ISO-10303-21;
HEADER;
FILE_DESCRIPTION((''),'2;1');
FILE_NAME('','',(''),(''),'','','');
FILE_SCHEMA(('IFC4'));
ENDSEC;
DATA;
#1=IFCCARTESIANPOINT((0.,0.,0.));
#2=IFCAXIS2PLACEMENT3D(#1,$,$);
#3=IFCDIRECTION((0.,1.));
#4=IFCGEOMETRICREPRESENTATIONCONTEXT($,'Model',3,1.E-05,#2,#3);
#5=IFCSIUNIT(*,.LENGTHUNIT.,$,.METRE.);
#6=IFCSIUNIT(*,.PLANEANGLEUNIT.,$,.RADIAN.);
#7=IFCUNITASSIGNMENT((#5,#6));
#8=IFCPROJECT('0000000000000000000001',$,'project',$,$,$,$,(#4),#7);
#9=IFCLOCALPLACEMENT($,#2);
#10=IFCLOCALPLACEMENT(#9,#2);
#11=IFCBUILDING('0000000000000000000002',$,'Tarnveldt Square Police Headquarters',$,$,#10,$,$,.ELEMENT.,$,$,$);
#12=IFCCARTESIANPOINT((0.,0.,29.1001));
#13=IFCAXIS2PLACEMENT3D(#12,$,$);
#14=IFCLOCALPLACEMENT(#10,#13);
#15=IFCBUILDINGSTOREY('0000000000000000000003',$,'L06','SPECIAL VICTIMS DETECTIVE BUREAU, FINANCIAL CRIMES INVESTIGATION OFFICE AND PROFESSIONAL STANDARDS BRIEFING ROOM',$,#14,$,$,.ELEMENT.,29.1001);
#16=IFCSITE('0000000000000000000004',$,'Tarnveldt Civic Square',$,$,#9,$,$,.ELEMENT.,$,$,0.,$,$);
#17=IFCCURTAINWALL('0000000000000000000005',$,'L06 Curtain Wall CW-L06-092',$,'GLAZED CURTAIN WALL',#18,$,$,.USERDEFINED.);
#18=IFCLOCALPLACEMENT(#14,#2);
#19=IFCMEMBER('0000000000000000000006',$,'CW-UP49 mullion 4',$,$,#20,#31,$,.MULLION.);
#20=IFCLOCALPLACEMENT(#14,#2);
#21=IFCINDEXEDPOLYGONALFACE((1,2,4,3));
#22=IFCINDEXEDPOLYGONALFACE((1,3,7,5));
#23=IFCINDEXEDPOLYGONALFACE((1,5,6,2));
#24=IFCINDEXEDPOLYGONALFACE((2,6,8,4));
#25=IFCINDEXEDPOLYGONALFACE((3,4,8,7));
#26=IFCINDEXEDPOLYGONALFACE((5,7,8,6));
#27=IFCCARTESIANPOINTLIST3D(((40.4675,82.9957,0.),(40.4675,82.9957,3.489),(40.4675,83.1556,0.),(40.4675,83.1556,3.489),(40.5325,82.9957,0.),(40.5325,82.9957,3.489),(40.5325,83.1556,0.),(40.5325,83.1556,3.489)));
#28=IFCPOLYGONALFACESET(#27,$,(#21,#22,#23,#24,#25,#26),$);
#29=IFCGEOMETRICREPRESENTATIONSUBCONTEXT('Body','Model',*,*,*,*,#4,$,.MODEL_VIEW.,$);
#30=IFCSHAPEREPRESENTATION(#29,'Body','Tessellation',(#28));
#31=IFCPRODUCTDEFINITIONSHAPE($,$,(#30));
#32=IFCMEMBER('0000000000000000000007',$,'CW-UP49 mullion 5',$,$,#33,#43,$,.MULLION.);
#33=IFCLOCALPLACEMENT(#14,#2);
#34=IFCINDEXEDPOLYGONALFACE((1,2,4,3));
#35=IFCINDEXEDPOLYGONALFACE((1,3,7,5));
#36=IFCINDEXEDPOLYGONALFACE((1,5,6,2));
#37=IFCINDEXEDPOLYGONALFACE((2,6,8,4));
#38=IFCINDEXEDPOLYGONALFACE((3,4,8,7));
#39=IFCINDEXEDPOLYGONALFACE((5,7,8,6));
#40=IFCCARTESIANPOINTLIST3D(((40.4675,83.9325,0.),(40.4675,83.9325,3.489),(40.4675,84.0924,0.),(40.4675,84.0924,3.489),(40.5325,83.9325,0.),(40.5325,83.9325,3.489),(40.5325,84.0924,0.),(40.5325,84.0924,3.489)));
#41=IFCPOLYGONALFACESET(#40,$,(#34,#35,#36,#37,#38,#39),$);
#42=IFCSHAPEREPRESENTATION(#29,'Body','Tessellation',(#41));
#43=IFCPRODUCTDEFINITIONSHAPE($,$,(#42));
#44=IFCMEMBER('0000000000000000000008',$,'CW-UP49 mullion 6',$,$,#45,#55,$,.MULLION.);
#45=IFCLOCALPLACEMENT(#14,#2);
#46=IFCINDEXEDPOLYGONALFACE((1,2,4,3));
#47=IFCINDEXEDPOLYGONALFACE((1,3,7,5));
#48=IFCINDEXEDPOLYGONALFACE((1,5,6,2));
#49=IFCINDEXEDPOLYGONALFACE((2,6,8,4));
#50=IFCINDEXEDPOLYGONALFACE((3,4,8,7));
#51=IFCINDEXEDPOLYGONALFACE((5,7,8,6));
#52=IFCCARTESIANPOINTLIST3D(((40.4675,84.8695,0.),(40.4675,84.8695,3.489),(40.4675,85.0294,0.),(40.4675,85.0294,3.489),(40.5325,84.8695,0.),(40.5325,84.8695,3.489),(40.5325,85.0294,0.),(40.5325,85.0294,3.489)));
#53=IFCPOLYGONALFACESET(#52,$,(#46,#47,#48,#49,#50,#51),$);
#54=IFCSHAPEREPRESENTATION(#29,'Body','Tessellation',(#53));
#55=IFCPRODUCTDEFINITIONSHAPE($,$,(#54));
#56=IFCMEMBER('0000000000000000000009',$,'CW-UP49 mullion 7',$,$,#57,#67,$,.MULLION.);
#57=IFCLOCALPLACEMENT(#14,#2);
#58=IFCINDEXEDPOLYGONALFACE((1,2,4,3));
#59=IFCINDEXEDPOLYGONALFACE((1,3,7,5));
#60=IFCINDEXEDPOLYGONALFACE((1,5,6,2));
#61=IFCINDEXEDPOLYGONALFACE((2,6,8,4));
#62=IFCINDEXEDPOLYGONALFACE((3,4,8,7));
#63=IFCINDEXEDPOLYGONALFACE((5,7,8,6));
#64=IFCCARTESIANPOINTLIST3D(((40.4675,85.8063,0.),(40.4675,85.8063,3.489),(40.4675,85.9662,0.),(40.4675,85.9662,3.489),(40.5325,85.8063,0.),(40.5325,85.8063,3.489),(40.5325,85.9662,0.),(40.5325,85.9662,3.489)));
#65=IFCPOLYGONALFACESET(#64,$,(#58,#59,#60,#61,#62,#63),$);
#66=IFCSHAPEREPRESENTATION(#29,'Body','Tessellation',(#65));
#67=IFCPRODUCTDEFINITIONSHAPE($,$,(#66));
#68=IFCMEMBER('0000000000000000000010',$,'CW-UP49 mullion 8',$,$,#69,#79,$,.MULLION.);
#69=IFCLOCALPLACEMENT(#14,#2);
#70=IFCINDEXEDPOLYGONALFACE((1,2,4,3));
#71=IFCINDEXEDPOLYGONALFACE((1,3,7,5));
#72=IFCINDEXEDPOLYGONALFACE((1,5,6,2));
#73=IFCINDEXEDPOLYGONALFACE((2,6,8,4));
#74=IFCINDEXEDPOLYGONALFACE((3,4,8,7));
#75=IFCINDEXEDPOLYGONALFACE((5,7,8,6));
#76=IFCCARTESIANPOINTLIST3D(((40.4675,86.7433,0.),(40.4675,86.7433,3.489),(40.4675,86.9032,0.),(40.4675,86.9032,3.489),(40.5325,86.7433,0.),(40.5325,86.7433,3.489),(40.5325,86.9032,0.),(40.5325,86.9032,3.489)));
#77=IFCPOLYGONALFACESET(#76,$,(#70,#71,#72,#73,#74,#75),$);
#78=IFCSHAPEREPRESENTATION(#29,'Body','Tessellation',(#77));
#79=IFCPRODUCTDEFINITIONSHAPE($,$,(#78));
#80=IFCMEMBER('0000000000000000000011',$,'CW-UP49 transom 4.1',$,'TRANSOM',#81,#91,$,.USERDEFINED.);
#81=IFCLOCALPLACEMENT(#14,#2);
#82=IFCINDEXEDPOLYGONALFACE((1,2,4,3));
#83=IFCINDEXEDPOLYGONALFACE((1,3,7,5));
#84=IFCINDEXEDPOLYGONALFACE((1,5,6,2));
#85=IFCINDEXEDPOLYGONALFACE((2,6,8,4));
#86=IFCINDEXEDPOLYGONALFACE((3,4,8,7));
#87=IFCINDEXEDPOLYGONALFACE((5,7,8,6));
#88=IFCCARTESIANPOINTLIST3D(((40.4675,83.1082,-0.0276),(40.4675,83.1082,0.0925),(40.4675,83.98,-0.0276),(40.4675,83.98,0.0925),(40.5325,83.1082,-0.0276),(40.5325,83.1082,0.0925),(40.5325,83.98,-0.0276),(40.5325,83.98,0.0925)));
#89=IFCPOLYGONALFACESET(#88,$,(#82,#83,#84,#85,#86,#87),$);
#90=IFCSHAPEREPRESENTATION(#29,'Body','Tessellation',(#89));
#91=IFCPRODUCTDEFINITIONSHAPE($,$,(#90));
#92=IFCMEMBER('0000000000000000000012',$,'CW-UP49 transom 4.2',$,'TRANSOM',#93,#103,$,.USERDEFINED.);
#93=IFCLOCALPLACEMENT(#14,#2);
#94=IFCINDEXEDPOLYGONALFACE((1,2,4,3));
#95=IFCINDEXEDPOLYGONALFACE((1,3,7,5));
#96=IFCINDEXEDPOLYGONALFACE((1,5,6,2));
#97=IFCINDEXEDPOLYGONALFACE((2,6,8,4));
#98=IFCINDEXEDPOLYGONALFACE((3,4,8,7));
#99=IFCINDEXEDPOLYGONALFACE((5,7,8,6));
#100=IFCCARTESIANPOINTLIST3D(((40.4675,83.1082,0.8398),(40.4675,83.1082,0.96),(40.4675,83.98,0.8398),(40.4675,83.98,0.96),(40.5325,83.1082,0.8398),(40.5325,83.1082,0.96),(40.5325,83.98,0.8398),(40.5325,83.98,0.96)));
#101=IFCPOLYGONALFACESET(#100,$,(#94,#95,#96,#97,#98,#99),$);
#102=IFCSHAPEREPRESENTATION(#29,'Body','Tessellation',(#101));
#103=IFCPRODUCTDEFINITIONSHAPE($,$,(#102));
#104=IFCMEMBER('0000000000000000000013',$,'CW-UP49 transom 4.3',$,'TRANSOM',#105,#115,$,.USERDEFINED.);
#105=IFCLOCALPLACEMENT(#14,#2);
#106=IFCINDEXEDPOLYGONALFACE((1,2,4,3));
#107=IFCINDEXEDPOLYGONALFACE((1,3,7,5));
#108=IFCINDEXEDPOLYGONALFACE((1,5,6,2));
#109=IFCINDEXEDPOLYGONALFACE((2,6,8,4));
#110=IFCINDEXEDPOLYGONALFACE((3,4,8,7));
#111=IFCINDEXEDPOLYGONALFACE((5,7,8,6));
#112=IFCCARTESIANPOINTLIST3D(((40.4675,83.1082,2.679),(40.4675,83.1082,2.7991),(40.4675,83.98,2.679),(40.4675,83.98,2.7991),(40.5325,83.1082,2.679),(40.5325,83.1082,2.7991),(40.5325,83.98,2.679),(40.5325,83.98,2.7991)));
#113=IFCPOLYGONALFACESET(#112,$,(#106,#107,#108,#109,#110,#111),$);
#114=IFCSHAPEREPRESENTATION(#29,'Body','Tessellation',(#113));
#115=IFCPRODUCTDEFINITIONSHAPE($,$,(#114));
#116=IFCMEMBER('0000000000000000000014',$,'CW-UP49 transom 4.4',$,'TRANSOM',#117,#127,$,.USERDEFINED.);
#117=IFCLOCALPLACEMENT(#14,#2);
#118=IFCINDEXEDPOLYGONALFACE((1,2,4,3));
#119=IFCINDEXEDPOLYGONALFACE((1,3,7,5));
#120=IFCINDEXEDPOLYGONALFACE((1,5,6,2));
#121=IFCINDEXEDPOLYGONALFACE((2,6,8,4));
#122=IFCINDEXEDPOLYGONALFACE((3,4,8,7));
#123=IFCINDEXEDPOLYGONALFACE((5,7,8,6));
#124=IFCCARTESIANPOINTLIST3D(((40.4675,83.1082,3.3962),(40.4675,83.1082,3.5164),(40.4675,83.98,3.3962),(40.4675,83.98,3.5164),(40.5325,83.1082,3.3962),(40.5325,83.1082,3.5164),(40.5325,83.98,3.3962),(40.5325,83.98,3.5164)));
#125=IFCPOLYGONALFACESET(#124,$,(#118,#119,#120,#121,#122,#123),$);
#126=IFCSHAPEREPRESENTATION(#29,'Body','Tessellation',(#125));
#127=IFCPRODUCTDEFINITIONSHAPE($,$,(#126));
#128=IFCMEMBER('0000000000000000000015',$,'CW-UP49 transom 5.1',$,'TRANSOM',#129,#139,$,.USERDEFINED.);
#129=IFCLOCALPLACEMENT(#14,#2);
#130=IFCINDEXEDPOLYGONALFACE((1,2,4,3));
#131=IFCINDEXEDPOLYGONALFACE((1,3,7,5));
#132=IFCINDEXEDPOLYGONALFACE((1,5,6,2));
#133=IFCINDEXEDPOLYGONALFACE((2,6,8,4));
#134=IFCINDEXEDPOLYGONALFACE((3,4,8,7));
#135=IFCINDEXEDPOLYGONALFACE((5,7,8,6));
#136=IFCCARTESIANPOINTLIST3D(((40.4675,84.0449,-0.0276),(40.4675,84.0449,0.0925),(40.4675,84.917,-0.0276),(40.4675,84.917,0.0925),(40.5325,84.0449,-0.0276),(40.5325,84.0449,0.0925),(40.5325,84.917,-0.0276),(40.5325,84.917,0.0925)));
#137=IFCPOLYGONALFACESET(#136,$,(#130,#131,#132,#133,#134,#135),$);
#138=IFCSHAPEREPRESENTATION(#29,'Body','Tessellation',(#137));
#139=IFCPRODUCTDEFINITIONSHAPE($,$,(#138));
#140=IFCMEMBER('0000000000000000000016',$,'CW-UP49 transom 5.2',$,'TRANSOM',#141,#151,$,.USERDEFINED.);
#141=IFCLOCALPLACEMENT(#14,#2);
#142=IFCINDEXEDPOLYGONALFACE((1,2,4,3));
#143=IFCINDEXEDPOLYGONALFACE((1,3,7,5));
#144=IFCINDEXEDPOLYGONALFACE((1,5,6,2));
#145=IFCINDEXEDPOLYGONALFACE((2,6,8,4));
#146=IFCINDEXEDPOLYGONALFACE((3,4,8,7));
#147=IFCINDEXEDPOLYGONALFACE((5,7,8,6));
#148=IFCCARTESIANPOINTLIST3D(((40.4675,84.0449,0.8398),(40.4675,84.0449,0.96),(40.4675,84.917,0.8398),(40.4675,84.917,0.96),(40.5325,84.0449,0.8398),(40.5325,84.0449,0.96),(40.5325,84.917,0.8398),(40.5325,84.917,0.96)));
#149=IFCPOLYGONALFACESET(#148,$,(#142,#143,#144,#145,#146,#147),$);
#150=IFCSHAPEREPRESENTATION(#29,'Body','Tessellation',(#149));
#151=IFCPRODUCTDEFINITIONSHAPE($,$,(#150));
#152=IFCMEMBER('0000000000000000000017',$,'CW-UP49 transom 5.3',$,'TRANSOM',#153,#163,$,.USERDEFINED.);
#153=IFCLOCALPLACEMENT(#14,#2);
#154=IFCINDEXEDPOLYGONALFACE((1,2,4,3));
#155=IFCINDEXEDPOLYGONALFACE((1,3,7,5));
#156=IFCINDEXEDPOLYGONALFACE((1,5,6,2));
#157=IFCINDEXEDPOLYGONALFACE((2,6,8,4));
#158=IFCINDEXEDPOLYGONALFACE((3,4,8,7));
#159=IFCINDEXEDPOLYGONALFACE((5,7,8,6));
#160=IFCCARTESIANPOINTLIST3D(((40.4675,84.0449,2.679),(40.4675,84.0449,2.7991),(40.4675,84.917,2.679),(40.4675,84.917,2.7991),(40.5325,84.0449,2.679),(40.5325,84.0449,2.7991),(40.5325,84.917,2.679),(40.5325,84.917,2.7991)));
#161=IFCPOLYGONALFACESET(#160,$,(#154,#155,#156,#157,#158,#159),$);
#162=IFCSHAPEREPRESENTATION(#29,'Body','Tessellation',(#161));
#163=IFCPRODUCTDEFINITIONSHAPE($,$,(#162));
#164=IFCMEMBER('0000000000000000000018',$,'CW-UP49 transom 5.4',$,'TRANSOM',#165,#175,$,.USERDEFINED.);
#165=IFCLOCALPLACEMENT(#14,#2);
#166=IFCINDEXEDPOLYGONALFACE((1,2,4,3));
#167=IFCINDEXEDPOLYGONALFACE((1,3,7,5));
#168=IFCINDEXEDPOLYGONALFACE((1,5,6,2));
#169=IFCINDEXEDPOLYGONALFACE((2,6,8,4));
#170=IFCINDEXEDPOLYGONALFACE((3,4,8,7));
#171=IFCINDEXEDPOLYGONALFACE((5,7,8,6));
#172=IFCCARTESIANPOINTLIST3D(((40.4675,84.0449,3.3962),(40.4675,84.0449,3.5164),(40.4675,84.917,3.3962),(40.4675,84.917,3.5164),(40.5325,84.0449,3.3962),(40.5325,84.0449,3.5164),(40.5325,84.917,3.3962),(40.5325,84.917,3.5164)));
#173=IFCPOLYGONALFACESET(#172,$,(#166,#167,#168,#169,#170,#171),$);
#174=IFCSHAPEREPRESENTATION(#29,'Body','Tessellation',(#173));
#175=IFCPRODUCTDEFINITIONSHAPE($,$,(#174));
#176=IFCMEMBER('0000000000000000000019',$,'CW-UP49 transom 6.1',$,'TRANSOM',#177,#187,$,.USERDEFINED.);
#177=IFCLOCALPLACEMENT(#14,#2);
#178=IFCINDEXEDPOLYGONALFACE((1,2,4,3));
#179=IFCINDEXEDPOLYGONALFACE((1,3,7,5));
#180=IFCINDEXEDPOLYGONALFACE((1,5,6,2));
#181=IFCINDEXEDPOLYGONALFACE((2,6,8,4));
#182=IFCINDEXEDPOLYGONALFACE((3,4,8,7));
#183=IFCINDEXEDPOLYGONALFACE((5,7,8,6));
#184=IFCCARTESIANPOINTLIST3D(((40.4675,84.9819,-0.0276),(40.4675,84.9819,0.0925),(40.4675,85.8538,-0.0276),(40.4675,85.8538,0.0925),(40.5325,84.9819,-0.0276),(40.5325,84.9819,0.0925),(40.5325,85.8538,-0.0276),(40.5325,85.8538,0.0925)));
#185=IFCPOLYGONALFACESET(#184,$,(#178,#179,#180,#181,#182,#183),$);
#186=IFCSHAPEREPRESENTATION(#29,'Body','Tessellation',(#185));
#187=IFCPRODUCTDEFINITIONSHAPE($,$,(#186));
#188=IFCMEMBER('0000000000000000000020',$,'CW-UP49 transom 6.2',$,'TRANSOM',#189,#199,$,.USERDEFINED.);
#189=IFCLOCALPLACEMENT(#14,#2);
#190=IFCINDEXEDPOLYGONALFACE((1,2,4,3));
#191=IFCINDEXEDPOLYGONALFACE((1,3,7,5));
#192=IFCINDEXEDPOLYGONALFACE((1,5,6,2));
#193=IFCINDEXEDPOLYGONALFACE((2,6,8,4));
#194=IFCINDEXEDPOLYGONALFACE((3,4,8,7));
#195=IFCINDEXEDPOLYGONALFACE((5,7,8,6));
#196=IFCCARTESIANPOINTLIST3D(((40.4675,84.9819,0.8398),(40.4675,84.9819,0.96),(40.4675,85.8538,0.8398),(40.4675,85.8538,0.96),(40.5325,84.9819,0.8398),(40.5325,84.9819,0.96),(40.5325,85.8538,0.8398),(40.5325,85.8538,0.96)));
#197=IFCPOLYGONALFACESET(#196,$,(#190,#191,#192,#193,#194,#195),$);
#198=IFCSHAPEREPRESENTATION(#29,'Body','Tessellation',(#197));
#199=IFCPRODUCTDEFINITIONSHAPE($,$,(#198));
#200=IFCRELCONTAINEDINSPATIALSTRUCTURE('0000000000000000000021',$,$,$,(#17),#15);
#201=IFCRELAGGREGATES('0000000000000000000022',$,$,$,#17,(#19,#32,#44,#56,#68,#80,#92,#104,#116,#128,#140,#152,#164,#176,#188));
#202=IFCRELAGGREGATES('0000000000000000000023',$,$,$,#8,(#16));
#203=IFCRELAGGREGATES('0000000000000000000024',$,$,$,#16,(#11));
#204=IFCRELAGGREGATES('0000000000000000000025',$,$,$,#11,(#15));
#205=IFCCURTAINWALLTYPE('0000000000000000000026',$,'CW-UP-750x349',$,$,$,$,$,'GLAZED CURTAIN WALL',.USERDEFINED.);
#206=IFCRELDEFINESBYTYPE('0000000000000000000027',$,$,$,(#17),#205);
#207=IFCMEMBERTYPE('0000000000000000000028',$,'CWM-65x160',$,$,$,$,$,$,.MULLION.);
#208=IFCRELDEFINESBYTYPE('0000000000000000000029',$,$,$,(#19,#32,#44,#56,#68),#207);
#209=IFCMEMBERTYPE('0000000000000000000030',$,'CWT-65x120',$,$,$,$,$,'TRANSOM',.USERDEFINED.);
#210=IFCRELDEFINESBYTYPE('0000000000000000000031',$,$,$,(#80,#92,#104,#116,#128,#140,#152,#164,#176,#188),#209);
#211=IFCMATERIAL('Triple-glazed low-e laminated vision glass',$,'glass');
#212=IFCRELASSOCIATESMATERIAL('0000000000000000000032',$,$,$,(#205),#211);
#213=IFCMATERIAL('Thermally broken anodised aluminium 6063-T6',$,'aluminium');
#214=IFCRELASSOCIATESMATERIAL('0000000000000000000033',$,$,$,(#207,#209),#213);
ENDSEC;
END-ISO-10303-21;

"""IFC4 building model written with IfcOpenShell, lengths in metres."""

from ifc_helpers import new_model, si_unit, direction, frame, origin, origin_2d, place, context, subcontext, project, spatial, rectangle, extrude, material, material_profile, profile_set, type_object, element, aggregate, save


model = new_model("IFC4")

# Units and contexts
model_context = context("Model", 3, precision=1e-05, world=origin(), true_north=direction((0.0, 1.0)))
body_context = subcontext(model_context, "Body", "Model", "MODEL_VIEW")
ifc_project = project(units=[si_unit("LENGTHUNIT", "METRE"), si_unit("PLANEANGLEUNIT", "RADIAN")], contexts=[model_context])

# Site, building, storey
site_placement = place(None, origin())
site = spatial("IfcSite", under=ifc_project, at=site_placement, Name="Tarnveldt Civic Square", CompositionType="ELEMENT", RefElevation=0.0)
building_placement = place(site_placement, origin())
building = spatial("IfcBuilding", under=site, at=building_placement, Name="Tarnveldt Square Police Headquarters", CompositionType="ELEMENT")
storey_placement = place(building_placement, frame((0.0, 0.0, 29.1001)))
storey = spatial("IfcBuildingStorey", under=building, at=storey_placement, Name="L06", Description="SPECIAL VICTIMS DETECTIVE BUREAU, FINANCIAL CRIMES INVESTIGATION OFFICE AND PROFESSIONAL STANDARDS BRIEFING ROOM", CompositionType="ELEMENT", Elevation=29.1001)

# Curtain wall, members
ifc_material_1 = material(Name="Triple-glazed low-e laminated vision glass", Category="glass")
curtain_wall_type = type_object("IfcCurtainWallType", Name="CW-UP-750x349", ElementType="GLAZED CURTAIN WALL", PredefinedType="USERDEFINED", material=ifc_material_1)
curtain_wall_placement = place(storey_placement, origin())
curtain_wall = element("IfcCurtainWall", 1, at=curtain_wall_placement, inside=storey, type_object=curtain_wall_type, Name="L06 Curtain Wall CW-L06-092", ObjectType="GLAZED CURTAIN WALL", PredefinedType="USERDEFINED")
ifc_material_2 = material(Name="Thermally broken anodised aluminium 6063-T6", Category="aluminium")
ifc_material_profile_1 = material_profile(ifc_material_2, rectangle(XDim=0.0649, YDim=0.1599, at=origin_2d()), Name="CW-M65x160")
ifc_profile_set_1 = profile_set([ifc_material_profile_1], Name="Thermally broken anodised aluminium 6063-T6")
member_type_1 = type_object("IfcMemberType", Name="CWM-65x160", PredefinedType="MULLION", material=ifc_profile_set_1)
member_1_placement = place(storey_placement, frame((40.5, 83.0757, 0.0), z_axis=(0.0, 0.0, 1.0), x_axis=(-1.0, 0.0, 0.0)))
member_1 = element("IfcMember", 2, at=member_1_placement, type_object=member_type_1, Name="CW-UP49 mullion 4", PredefinedType="MULLION", context=body_context, shape_type="SweptSolid", body=[
    extrude(rectangle(XDim=0.0649, YDim=0.1599, at=origin_2d()), origin(), (0.0, 0.0, 1.0), 3.489),
])
member_2_placement = place(storey_placement, frame((40.5, 84.0125, 0.0), z_axis=(0.0, 0.0, 1.0), x_axis=(-1.0, 0.0, 0.0)))
member_2 = element("IfcMember", 3, at=member_2_placement, type_object=member_type_1, Name="CW-UP49 mullion 5", PredefinedType="MULLION", context=body_context, shape_type="SweptSolid", body=[
    extrude(rectangle(XDim=0.0649, YDim=0.1599, at=origin_2d()), origin(), (0.0, 0.0, 1.0), 3.489),
])
member_3_placement = place(storey_placement, frame((40.5, 84.9495, 0.0), z_axis=(0.0, 0.0, 1.0), x_axis=(-1.0, 0.0, 0.0)))
member_3 = element("IfcMember", 4, at=member_3_placement, type_object=member_type_1, Name="CW-UP49 mullion 6", PredefinedType="MULLION", context=body_context, shape_type="SweptSolid", body=[
    extrude(rectangle(XDim=0.0649, YDim=0.1599, at=origin_2d()), origin(), (0.0, 0.0, 1.0), 3.489),
])
member_4_placement = place(storey_placement, frame((40.5, 85.8862, 0.0), z_axis=(0.0, 0.0, 1.0), x_axis=(-1.0, 0.0, 0.0)))
member_4 = element("IfcMember", 5, at=member_4_placement, type_object=member_type_1, Name="CW-UP49 mullion 7", PredefinedType="MULLION", context=body_context, shape_type="SweptSolid", body=[
    extrude(rectangle(XDim=0.0649, YDim=0.1599, at=origin_2d()), origin(), (0.0, 0.0, 1.0), 3.489),
])
member_5_placement = place(storey_placement, frame((40.5, 86.8232, 0.0), z_axis=(0.0, 0.0, 1.0), x_axis=(-1.0, 0.0, 0.0)))
member_5 = element("IfcMember", 6, at=member_5_placement, type_object=member_type_1, Name="CW-UP49 mullion 8", PredefinedType="MULLION", context=body_context, shape_type="SweptSolid", body=[
    extrude(rectangle(XDim=0.0649, YDim=0.1599, at=origin_2d()), origin(), (0.0, 0.0, 1.0), 3.489),
])
ifc_material_profile_2 = material_profile(ifc_material_2, rectangle(XDim=0.0649, YDim=0.1201, at=origin_2d()), Name="CW-T65x120")
ifc_profile_set_2 = profile_set([ifc_material_profile_2], Name="Thermally broken anodised aluminium 6063-T6")
member_type_2 = type_object("IfcMemberType", Name="CWT-65x120", ElementType="TRANSOM", PredefinedType="USERDEFINED", material=ifc_profile_set_2)
member_6_placement = place(storey_placement, frame((40.5, 83.1082, 0.0325), z_axis=(0.0, 1.0, 0.0), x_axis=(-1.0, 0.0, 0.0)))
member_6 = element("IfcMember", 7, at=member_6_placement, type_object=member_type_2, Name="CW-UP49 transom 4.1", ObjectType="TRANSOM", PredefinedType="USERDEFINED", context=body_context, shape_type="SweptSolid", body=[
    extrude(rectangle(XDim=0.0649, YDim=0.1201, at=origin_2d()), origin(), (0.0, 0.0, 1.0), 0.8718),
])
member_7_placement = place(storey_placement, frame((40.5, 83.1082, 0.8999), z_axis=(0.0, 1.0, 0.0), x_axis=(-1.0, 0.0, 0.0)))
member_7 = element("IfcMember", 8, at=member_7_placement, type_object=member_type_2, Name="CW-UP49 transom 4.2", ObjectType="TRANSOM", PredefinedType="USERDEFINED", context=body_context, shape_type="SweptSolid", body=[
    extrude(rectangle(XDim=0.0649, YDim=0.1201, at=origin_2d()), origin(), (0.0, 0.0, 1.0), 0.8718),
])
member_8_placement = place(storey_placement, frame((40.5, 83.1082, 2.739), z_axis=(0.0, 1.0, 0.0), x_axis=(-1.0, 0.0, 0.0)))
member_8 = element("IfcMember", 9, at=member_8_placement, type_object=member_type_2, Name="CW-UP49 transom 4.3", ObjectType="TRANSOM", PredefinedType="USERDEFINED", context=body_context, shape_type="SweptSolid", body=[
    extrude(rectangle(XDim=0.0649, YDim=0.1201, at=origin_2d()), origin(), (0.0, 0.0, 1.0), 0.8718),
])
member_9_placement = place(storey_placement, frame((40.5, 83.1082, 3.4563), z_axis=(0.0, 1.0, 0.0), x_axis=(-1.0, 0.0, 0.0)))
member_9 = element("IfcMember", 10, at=member_9_placement, type_object=member_type_2, Name="CW-UP49 transom 4.4", ObjectType="TRANSOM", PredefinedType="USERDEFINED", context=body_context, shape_type="SweptSolid", body=[
    extrude(rectangle(XDim=0.0649, YDim=0.1201, at=origin_2d()), origin(), (0.0, 0.0, 1.0), 0.8718),
])
member_10_placement = place(storey_placement, frame((40.5, 84.0449, 0.0325), z_axis=(0.0, 1.0, 0.0), x_axis=(-1.0, 0.0, 0.0)))
member_10 = element("IfcMember", 11, at=member_10_placement, type_object=member_type_2, Name="CW-UP49 transom 5.1", ObjectType="TRANSOM", PredefinedType="USERDEFINED", context=body_context, shape_type="SweptSolid", body=[
    extrude(rectangle(XDim=0.0649, YDim=0.1201, at=origin_2d()), origin(), (0.0, 0.0, 1.0), 0.8721),
])
member_11_placement = place(storey_placement, frame((40.5, 84.0449, 0.8999), z_axis=(0.0, 1.0, 0.0), x_axis=(-1.0, 0.0, 0.0)))
member_11 = element("IfcMember", 12, at=member_11_placement, type_object=member_type_2, Name="CW-UP49 transom 5.2", ObjectType="TRANSOM", PredefinedType="USERDEFINED", context=body_context, shape_type="SweptSolid", body=[
    extrude(rectangle(XDim=0.0649, YDim=0.1201, at=origin_2d()), origin(), (0.0, 0.0, 1.0), 0.8721),
])
member_12_placement = place(storey_placement, frame((40.5, 84.0449, 2.739), z_axis=(0.0, 1.0, 0.0), x_axis=(-1.0, 0.0, 0.0)))
member_12 = element("IfcMember", 13, at=member_12_placement, type_object=member_type_2, Name="CW-UP49 transom 5.3", ObjectType="TRANSOM", PredefinedType="USERDEFINED", context=body_context, shape_type="SweptSolid", body=[
    extrude(rectangle(XDim=0.0649, YDim=0.1201, at=origin_2d()), origin(), (0.0, 0.0, 1.0), 0.8721),
])
member_13_placement = place(storey_placement, frame((40.5, 84.0449, 3.4563), z_axis=(0.0, 1.0, 0.0), x_axis=(-1.0, 0.0, 0.0)))
member_13 = element("IfcMember", 14, at=member_13_placement, type_object=member_type_2, Name="CW-UP49 transom 5.4", ObjectType="TRANSOM", PredefinedType="USERDEFINED", context=body_context, shape_type="SweptSolid", body=[
    extrude(rectangle(XDim=0.0649, YDim=0.1201, at=origin_2d()), origin(), (0.0, 0.0, 1.0), 0.8721),
])
member_14_placement = place(storey_placement, frame((40.5, 84.9819, 0.0325), z_axis=(0.0, 1.0, 0.0), x_axis=(-1.0, 0.0, 0.0)))
member_14 = element("IfcMember", 15, at=member_14_placement, type_object=member_type_2, Name="CW-UP49 transom 6.1", ObjectType="TRANSOM", PredefinedType="USERDEFINED", context=body_context, shape_type="SweptSolid", body=[
    extrude(rectangle(XDim=0.0649, YDim=0.1201, at=origin_2d()), origin(), (0.0, 0.0, 1.0), 0.8718),
])
member_15_placement = place(storey_placement, frame((40.5, 84.9819, 0.8999), z_axis=(0.0, 1.0, 0.0), x_axis=(-1.0, 0.0, 0.0)))
member_15 = element("IfcMember", 16, at=member_15_placement, type_object=member_type_2, Name="CW-UP49 transom 6.2", ObjectType="TRANSOM", PredefinedType="USERDEFINED", context=body_context, shape_type="SweptSolid", body=[
    extrude(rectangle(XDim=0.0649, YDim=0.1201, at=origin_2d()), origin(), (0.0, 0.0, 1.0), 0.8718),
])
aggregate(curtain_wall, [member_1, member_2, member_3, member_4, member_5, member_6, member_7, member_8, member_9, member_10, member_11, member_12, member_13, member_14, member_15])

save(model, "model.ifc")
